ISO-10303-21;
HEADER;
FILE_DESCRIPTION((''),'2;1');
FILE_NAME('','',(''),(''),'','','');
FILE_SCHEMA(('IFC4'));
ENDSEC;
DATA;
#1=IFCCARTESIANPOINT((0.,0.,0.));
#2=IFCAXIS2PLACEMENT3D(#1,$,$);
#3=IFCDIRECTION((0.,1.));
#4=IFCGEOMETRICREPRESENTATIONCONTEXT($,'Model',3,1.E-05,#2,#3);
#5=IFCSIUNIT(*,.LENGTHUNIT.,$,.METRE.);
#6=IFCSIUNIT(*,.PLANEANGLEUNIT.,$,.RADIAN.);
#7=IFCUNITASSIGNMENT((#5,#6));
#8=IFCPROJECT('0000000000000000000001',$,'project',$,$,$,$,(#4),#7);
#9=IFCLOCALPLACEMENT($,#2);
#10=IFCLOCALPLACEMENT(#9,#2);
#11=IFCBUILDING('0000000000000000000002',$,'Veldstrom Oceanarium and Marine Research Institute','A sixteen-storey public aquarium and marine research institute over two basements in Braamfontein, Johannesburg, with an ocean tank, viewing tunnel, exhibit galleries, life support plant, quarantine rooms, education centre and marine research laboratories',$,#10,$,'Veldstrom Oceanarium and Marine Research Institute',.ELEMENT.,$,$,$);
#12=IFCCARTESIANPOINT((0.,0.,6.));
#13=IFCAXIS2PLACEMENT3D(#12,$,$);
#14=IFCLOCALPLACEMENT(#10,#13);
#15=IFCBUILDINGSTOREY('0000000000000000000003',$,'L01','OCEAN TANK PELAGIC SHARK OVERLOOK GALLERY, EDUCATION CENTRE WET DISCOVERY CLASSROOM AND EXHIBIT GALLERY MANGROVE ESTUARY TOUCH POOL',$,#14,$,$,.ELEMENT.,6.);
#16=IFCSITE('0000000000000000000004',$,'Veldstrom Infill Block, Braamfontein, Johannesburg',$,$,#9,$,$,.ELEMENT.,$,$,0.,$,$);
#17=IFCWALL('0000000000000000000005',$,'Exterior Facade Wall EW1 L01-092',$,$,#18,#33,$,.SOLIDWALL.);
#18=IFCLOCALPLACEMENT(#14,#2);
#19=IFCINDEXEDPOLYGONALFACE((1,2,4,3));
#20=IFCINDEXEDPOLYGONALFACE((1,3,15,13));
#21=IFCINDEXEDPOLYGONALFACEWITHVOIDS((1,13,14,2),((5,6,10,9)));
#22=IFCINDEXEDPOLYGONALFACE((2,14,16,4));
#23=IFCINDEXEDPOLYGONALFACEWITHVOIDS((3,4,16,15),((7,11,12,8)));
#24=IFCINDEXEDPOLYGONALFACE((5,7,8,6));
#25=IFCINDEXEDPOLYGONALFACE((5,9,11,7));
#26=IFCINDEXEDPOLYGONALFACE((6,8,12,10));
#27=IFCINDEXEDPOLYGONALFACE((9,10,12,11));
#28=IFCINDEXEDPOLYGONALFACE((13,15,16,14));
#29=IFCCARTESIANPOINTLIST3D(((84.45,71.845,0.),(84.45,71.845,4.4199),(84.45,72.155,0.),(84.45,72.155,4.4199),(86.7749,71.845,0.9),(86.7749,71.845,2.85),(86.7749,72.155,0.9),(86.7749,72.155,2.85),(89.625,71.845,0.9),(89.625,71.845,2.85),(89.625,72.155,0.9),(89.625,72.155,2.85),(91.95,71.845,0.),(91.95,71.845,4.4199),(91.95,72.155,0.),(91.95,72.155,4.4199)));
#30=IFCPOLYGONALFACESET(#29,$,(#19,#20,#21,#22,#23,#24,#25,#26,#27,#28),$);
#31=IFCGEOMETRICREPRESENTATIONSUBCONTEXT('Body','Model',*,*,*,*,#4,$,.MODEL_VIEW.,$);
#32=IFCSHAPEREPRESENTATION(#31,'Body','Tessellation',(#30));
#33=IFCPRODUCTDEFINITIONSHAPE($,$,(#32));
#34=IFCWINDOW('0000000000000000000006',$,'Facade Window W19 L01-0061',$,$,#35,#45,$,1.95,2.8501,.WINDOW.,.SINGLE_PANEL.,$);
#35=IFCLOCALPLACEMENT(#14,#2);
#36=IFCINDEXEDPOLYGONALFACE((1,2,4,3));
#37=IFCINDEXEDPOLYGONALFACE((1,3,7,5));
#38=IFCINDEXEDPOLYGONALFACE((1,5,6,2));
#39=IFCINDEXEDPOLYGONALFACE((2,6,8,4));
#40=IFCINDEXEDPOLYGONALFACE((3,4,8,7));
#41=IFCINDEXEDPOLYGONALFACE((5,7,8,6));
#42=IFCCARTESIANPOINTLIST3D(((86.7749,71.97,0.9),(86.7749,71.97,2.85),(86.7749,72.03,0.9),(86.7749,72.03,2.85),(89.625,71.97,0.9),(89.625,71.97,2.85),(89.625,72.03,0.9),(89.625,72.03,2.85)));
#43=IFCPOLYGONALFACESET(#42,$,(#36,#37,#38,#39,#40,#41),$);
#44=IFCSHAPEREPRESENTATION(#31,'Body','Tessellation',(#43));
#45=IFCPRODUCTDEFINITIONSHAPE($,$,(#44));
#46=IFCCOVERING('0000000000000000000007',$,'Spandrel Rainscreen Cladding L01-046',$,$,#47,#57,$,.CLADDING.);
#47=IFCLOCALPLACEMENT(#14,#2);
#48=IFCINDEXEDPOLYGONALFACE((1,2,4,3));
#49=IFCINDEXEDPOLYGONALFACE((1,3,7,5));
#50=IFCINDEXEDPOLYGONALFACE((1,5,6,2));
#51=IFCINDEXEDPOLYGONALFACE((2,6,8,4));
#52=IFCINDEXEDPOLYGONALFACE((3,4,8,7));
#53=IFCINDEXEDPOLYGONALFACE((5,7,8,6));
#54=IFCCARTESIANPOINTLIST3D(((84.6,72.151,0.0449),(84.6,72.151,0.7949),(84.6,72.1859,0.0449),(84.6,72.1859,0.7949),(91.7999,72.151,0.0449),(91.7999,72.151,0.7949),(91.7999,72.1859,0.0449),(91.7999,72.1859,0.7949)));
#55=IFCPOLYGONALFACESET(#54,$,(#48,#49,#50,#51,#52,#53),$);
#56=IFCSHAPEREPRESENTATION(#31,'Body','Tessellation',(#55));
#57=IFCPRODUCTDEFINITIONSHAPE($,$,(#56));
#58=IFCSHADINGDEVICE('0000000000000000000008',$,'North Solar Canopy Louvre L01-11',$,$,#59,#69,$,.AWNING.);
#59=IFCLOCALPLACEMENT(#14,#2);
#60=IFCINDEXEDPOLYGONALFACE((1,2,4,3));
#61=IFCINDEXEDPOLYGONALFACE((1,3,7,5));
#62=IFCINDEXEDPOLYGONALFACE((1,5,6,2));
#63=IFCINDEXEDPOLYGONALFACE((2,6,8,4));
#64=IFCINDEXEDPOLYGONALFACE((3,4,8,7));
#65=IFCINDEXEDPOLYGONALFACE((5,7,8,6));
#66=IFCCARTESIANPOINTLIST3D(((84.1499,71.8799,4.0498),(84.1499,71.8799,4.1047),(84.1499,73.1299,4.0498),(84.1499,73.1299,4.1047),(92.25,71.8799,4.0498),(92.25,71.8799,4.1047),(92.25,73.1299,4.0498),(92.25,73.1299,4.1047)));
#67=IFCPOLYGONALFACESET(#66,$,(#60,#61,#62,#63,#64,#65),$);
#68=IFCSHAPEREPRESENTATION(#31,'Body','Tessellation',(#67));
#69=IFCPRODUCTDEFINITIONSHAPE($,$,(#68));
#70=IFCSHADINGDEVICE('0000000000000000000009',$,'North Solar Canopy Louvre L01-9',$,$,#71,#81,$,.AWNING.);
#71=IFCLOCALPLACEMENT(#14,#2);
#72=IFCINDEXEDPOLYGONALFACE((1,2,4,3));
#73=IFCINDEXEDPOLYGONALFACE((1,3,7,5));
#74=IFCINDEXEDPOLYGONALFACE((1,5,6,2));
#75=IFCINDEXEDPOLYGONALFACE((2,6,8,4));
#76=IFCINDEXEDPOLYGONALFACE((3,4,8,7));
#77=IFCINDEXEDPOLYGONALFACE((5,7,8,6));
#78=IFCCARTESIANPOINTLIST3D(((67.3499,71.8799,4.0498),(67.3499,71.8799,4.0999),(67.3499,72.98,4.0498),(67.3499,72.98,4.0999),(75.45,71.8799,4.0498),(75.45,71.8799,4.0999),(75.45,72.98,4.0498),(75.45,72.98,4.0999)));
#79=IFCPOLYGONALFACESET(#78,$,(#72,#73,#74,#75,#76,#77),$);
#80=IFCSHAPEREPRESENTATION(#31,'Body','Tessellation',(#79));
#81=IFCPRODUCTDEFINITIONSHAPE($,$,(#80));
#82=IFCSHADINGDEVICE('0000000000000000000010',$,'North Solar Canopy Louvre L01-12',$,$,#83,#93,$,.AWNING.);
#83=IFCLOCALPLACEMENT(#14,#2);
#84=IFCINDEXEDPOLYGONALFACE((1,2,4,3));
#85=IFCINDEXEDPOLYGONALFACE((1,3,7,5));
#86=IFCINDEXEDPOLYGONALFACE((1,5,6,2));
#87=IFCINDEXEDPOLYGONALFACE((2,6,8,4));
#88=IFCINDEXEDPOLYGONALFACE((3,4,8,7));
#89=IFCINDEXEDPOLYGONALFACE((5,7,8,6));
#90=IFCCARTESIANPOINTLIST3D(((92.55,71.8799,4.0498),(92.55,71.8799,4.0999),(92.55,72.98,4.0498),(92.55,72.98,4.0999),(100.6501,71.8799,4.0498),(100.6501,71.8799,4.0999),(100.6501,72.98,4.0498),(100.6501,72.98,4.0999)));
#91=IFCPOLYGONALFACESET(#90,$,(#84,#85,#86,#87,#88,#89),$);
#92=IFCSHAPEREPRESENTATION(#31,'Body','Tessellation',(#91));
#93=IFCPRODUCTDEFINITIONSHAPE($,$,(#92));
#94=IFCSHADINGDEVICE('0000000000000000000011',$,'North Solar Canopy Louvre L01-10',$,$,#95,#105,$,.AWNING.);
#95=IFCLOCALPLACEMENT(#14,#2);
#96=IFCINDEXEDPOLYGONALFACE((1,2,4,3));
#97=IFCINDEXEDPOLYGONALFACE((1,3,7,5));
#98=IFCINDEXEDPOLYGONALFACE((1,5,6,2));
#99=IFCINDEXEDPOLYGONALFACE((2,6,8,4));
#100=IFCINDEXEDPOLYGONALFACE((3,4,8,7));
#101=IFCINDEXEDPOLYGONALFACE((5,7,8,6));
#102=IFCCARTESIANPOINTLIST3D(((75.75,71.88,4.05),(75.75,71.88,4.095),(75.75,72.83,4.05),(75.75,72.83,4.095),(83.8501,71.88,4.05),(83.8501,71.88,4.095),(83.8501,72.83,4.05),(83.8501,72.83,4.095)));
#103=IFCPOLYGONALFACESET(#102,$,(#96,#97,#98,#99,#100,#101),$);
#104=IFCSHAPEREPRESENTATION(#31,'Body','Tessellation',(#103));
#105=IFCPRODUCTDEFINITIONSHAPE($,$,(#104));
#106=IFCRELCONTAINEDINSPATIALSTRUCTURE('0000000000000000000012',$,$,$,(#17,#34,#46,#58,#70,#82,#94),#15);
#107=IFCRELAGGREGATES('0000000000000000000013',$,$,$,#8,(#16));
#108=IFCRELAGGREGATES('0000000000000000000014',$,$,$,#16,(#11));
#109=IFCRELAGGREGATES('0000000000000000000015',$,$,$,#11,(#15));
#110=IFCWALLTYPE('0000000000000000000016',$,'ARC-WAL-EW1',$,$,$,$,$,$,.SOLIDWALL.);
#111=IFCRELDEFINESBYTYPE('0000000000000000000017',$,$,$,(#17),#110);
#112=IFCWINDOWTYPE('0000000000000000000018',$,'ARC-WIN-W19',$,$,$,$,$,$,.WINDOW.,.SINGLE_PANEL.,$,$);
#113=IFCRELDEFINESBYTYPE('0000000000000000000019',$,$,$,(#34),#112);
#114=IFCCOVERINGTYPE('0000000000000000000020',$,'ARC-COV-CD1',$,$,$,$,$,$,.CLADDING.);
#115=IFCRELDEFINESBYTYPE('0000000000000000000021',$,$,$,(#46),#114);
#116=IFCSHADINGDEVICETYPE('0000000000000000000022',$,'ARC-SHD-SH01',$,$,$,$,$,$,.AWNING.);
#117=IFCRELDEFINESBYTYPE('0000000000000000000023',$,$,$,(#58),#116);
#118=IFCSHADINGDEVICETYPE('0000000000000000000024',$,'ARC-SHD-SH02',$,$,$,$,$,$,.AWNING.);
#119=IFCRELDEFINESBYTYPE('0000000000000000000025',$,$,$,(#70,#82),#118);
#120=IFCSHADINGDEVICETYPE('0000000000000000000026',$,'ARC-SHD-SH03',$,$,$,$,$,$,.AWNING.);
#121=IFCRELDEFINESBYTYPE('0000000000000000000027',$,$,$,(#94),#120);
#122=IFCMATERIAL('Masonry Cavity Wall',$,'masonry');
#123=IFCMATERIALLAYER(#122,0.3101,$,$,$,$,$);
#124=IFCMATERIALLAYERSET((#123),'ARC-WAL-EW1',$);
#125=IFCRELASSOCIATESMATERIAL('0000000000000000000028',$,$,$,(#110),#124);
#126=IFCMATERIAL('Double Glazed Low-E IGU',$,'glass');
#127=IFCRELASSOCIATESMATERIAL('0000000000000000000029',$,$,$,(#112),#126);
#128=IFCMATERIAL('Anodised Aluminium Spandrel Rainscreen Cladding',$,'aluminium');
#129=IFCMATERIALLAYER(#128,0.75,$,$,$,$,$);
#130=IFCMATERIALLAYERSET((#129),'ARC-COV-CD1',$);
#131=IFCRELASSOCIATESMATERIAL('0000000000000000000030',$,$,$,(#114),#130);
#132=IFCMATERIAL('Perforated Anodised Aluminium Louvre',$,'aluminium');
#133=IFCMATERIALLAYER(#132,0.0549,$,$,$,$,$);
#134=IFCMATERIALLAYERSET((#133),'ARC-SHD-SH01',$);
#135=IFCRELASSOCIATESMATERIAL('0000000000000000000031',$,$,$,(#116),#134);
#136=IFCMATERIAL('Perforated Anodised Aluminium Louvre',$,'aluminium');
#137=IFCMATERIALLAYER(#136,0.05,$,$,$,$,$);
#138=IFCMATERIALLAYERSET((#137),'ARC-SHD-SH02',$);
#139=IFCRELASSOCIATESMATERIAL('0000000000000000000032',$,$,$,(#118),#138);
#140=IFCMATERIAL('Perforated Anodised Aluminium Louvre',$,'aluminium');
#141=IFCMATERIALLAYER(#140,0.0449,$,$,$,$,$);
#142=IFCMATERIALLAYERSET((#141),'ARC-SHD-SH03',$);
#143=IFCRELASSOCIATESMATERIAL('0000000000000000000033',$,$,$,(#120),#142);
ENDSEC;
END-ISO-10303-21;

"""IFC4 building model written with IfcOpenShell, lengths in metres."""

from ifc_helpers import new_model, si_unit, direction, frame, frame_2d, origin, origin_2d, place, context, subcontext, project, spatial, rectangle, extrude, material, layer, layer_set, type_object, element, fill, save


model = new_model("IFC4")

# Units and contexts
model_context = context("Model", 3, precision=1e-05, world=origin(), true_north=direction((0.0, 1.0)))
body_context = subcontext(model_context, "Body", "Model", "MODEL_VIEW")
ifc_project = project(units=[si_unit("LENGTHUNIT", "METRE"), si_unit("PLANEANGLEUNIT", "RADIAN")], contexts=[model_context])

# Site, building, storey
site_placement = place(None, origin())
site = spatial("IfcSite", under=ifc_project, at=site_placement, Name="Veldstrom Infill Block, Braamfontein, Johannesburg", CompositionType="ELEMENT", RefElevation=0.0)
building_placement = place(site_placement, origin())
building = spatial("IfcBuilding", under=site, at=building_placement, Name="Veldstrom Oceanarium and Marine Research Institute", Description="A sixteen-storey public aquarium and marine research institute over two basements in Braamfontein, Johannesburg, with an ocean tank, viewing tunnel, exhibit galleries, life support plant, quarantine rooms, education centre and marine research laboratories", LongName="Veldstrom Oceanarium and Marine Research Institute", CompositionType="ELEMENT")
storey_placement = place(building_placement, frame((0.0, 0.0, 6.0)))
storey = spatial("IfcBuildingStorey", under=building, at=storey_placement, Name="L01", Description="OCEAN TANK PELAGIC SHARK OVERLOOK GALLERY, EDUCATION CENTRE WET DISCOVERY CLASSROOM AND EXHIBIT GALLERY MANGROVE ESTUARY TOUCH POOL", CompositionType="ELEMENT", Elevation=6.0)

# Wall, opening, window
ifc_material_1 = material(Name="Masonry Cavity Wall", Category="masonry")
ifc_layer_1 = layer(ifc_material_1, 0.3101)
ifc_layer_set_1 = layer_set([ifc_layer_1], Name="ARC-WAL-EW1")
wall_type = type_object("IfcWallType", Name="ARC-WAL-EW1", PredefinedType="SOLIDWALL", material=ifc_layer_set_1)
wall_placement = place(storey_placement, frame((84.45, 72.0, 0.0), z_axis=(0.0, 0.0, 1.0), x_axis=(1.0, 0.0, 0.0)))
wall = element("IfcWall", 1, at=wall_placement, inside=storey, type_object=wall_type, Name="Exterior Facade Wall EW1 L01-092", PredefinedType="SOLIDWALL", context=body_context, shape_type="SweptSolid", body=[
    extrude(rectangle(XDim=7.5, YDim=0.3101, at=frame_2d((3.75, 0.0))), origin(), (0.0, 0.0, 1.0), 4.4199),
])
opening_placement = place(wall_placement, frame((2.325, 0.0, 0.8999)))
opening = element("IfcOpeningElement", 2, at=opening_placement, cuts=wall, PredefinedType="OPENING", context=body_context, shape_type="SweptSolid", body=[
    extrude(rectangle(XDim=2.8501, YDim=1.95, at=frame_2d((1.425, 0.9751))), frame((0.0, 0.165, 0.0), z_axis=(0.0, -1.0, 0.0), x_axis=(1.0, 0.0, 0.0)), (0.0, 0.0, 1.0), 0.3301),
])
ifc_material_2 = material(Name="Double Glazed Low-E IGU", Category="glass")
window_type = type_object("IfcWindowType", Name="ARC-WIN-W19", PartitioningType="SINGLE_PANEL", PredefinedType="WINDOW", material=ifc_material_2)
window_placement = place(opening_placement, origin())
window = element("IfcWindow", 3, at=window_placement, inside=storey, type_object=window_type, Name="Facade Window W19 L01-0061", OverallHeight=1.95, OverallWidth=2.8501, PartitioningType="SINGLE_PANEL", PredefinedType="WINDOW", context=body_context, shape_type="SweptSolid", body=[
    extrude(rectangle(XDim=2.8501, YDim=1.95, at=frame_2d((1.425, 0.9751))), frame((0.0, 0.03, 0.0), z_axis=(0.0, -1.0, 0.0), x_axis=(1.0, 0.0, 0.0)), (0.0, 0.0, 1.0), 0.0601),
])
fill(opening, window)

# Covering
ifc_material_3 = material(Name="Anodised Aluminium Spandrel Rainscreen Cladding", Category="aluminium")
ifc_layer_2 = layer(ifc_material_3, 0.75)
ifc_layer_set_2 = layer_set([ifc_layer_2], Name="ARC-COV-CD1")
covering_type = type_object("IfcCoveringType", Name="ARC-COV-CD1", PredefinedType="CLADDING", material=ifc_layer_set_2)
covering_placement = place(storey_placement, frame((88.2, 72.1685, 0.0449), z_axis=(0.0, 0.0, 1.0), x_axis=(1.0, 0.0, 0.0)))
element("IfcCovering", 4, at=covering_placement, inside=storey, type_object=covering_type, Name="Spandrel Rainscreen Cladding L01-046", PredefinedType="CLADDING", context=body_context, shape_type="SweptSolid", body=[
    extrude(rectangle(XDim=7.2, YDim=0.0349, at=origin_2d()), origin(), (0.0, 0.0, 1.0), 0.75),
])

# Shading devices
ifc_material_4 = material(Name="Perforated Anodised Aluminium Louvre", Category="aluminium")
ifc_layer_3 = layer(ifc_material_4, 0.0549)
ifc_layer_set_3 = layer_set([ifc_layer_3], Name="ARC-SHD-SH01")
shading_device_type_1 = type_object("IfcShadingDeviceType", Name="ARC-SHD-SH01", PredefinedType="AWNING", material=ifc_layer_set_3)
shading_device_1_placement = place(storey_placement, frame((88.2, 72.5049, 4.0498), z_axis=(0.0, 0.0, 1.0), x_axis=(1.0, 0.0, 0.0)))
element("IfcShadingDevice", 5, at=shading_device_1_placement, inside=storey, type_object=shading_device_type_1, Name="North Solar Canopy Louvre L01-11", PredefinedType="AWNING", context=body_context, shape_type="SweptSolid", body=[
    extrude(rectangle(XDim=8.1001, YDim=1.25, at=origin_2d()), origin(), (0.0, 0.0, 1.0), 0.0549),
])
ifc_material_5 = material(Name="Perforated Anodised Aluminium Louvre", Category="aluminium")
ifc_layer_4 = layer(ifc_material_5, 0.05)
ifc_layer_set_4 = layer_set([ifc_layer_4], Name="ARC-SHD-SH02")
shading_device_type_2 = type_object("IfcShadingDeviceType", Name="ARC-SHD-SH02", PredefinedType="AWNING", material=ifc_layer_set_4)
for number, where, z_axis, x_axis, name in (
    (6, (71.3999, 72.4299, 4.0498), (0.0, 0.0, 1.0), (1.0, 0.0, 0.0), "North Solar Canopy Louvre L01-9"),
    (7, (96.6001, 72.4299, 4.0498), (0.0, 0.0, 1.0), (1.0, 0.0, 0.0), "North Solar Canopy Louvre L01-12"),
):
    element("IfcShadingDevice", number, at=place(storey_placement, frame(where, z_axis=z_axis, x_axis=x_axis)), inside=storey, type_object=shading_device_type_2, Name=name, PredefinedType="AWNING", context=body_context, shape_type="SweptSolid", body=[
        extrude(rectangle(XDim=8.1001, YDim=1.1001, at=origin_2d()), origin(), (0.0, 0.0, 1.0), 0.05),
    ])
ifc_material_6 = material(Name="Perforated Anodised Aluminium Louvre", Category="aluminium")
ifc_layer_5 = layer(ifc_material_6, 0.0449)
ifc_layer_set_5 = layer_set([ifc_layer_5], Name="ARC-SHD-SH03")
shading_device_type_3 = type_object("IfcShadingDeviceType", Name="ARC-SHD-SH03", PredefinedType="AWNING", material=ifc_layer_set_5)
shading_device_2_placement = place(storey_placement, frame((79.8, 72.355, 4.05), z_axis=(0.0, 0.0, 1.0), x_axis=(1.0, 0.0, 0.0)))
element("IfcShadingDevice", 8, at=shading_device_2_placement, inside=storey, type_object=shading_device_type_3, Name="North Solar Canopy Louvre L01-10", PredefinedType="AWNING", context=body_context, shape_type="SweptSolid", body=[
    extrude(rectangle(XDim=8.1001, YDim=0.95, at=origin_2d()), origin(), (0.0, 0.0, 1.0), 0.0449),
])

save(model, "model.ifc")
